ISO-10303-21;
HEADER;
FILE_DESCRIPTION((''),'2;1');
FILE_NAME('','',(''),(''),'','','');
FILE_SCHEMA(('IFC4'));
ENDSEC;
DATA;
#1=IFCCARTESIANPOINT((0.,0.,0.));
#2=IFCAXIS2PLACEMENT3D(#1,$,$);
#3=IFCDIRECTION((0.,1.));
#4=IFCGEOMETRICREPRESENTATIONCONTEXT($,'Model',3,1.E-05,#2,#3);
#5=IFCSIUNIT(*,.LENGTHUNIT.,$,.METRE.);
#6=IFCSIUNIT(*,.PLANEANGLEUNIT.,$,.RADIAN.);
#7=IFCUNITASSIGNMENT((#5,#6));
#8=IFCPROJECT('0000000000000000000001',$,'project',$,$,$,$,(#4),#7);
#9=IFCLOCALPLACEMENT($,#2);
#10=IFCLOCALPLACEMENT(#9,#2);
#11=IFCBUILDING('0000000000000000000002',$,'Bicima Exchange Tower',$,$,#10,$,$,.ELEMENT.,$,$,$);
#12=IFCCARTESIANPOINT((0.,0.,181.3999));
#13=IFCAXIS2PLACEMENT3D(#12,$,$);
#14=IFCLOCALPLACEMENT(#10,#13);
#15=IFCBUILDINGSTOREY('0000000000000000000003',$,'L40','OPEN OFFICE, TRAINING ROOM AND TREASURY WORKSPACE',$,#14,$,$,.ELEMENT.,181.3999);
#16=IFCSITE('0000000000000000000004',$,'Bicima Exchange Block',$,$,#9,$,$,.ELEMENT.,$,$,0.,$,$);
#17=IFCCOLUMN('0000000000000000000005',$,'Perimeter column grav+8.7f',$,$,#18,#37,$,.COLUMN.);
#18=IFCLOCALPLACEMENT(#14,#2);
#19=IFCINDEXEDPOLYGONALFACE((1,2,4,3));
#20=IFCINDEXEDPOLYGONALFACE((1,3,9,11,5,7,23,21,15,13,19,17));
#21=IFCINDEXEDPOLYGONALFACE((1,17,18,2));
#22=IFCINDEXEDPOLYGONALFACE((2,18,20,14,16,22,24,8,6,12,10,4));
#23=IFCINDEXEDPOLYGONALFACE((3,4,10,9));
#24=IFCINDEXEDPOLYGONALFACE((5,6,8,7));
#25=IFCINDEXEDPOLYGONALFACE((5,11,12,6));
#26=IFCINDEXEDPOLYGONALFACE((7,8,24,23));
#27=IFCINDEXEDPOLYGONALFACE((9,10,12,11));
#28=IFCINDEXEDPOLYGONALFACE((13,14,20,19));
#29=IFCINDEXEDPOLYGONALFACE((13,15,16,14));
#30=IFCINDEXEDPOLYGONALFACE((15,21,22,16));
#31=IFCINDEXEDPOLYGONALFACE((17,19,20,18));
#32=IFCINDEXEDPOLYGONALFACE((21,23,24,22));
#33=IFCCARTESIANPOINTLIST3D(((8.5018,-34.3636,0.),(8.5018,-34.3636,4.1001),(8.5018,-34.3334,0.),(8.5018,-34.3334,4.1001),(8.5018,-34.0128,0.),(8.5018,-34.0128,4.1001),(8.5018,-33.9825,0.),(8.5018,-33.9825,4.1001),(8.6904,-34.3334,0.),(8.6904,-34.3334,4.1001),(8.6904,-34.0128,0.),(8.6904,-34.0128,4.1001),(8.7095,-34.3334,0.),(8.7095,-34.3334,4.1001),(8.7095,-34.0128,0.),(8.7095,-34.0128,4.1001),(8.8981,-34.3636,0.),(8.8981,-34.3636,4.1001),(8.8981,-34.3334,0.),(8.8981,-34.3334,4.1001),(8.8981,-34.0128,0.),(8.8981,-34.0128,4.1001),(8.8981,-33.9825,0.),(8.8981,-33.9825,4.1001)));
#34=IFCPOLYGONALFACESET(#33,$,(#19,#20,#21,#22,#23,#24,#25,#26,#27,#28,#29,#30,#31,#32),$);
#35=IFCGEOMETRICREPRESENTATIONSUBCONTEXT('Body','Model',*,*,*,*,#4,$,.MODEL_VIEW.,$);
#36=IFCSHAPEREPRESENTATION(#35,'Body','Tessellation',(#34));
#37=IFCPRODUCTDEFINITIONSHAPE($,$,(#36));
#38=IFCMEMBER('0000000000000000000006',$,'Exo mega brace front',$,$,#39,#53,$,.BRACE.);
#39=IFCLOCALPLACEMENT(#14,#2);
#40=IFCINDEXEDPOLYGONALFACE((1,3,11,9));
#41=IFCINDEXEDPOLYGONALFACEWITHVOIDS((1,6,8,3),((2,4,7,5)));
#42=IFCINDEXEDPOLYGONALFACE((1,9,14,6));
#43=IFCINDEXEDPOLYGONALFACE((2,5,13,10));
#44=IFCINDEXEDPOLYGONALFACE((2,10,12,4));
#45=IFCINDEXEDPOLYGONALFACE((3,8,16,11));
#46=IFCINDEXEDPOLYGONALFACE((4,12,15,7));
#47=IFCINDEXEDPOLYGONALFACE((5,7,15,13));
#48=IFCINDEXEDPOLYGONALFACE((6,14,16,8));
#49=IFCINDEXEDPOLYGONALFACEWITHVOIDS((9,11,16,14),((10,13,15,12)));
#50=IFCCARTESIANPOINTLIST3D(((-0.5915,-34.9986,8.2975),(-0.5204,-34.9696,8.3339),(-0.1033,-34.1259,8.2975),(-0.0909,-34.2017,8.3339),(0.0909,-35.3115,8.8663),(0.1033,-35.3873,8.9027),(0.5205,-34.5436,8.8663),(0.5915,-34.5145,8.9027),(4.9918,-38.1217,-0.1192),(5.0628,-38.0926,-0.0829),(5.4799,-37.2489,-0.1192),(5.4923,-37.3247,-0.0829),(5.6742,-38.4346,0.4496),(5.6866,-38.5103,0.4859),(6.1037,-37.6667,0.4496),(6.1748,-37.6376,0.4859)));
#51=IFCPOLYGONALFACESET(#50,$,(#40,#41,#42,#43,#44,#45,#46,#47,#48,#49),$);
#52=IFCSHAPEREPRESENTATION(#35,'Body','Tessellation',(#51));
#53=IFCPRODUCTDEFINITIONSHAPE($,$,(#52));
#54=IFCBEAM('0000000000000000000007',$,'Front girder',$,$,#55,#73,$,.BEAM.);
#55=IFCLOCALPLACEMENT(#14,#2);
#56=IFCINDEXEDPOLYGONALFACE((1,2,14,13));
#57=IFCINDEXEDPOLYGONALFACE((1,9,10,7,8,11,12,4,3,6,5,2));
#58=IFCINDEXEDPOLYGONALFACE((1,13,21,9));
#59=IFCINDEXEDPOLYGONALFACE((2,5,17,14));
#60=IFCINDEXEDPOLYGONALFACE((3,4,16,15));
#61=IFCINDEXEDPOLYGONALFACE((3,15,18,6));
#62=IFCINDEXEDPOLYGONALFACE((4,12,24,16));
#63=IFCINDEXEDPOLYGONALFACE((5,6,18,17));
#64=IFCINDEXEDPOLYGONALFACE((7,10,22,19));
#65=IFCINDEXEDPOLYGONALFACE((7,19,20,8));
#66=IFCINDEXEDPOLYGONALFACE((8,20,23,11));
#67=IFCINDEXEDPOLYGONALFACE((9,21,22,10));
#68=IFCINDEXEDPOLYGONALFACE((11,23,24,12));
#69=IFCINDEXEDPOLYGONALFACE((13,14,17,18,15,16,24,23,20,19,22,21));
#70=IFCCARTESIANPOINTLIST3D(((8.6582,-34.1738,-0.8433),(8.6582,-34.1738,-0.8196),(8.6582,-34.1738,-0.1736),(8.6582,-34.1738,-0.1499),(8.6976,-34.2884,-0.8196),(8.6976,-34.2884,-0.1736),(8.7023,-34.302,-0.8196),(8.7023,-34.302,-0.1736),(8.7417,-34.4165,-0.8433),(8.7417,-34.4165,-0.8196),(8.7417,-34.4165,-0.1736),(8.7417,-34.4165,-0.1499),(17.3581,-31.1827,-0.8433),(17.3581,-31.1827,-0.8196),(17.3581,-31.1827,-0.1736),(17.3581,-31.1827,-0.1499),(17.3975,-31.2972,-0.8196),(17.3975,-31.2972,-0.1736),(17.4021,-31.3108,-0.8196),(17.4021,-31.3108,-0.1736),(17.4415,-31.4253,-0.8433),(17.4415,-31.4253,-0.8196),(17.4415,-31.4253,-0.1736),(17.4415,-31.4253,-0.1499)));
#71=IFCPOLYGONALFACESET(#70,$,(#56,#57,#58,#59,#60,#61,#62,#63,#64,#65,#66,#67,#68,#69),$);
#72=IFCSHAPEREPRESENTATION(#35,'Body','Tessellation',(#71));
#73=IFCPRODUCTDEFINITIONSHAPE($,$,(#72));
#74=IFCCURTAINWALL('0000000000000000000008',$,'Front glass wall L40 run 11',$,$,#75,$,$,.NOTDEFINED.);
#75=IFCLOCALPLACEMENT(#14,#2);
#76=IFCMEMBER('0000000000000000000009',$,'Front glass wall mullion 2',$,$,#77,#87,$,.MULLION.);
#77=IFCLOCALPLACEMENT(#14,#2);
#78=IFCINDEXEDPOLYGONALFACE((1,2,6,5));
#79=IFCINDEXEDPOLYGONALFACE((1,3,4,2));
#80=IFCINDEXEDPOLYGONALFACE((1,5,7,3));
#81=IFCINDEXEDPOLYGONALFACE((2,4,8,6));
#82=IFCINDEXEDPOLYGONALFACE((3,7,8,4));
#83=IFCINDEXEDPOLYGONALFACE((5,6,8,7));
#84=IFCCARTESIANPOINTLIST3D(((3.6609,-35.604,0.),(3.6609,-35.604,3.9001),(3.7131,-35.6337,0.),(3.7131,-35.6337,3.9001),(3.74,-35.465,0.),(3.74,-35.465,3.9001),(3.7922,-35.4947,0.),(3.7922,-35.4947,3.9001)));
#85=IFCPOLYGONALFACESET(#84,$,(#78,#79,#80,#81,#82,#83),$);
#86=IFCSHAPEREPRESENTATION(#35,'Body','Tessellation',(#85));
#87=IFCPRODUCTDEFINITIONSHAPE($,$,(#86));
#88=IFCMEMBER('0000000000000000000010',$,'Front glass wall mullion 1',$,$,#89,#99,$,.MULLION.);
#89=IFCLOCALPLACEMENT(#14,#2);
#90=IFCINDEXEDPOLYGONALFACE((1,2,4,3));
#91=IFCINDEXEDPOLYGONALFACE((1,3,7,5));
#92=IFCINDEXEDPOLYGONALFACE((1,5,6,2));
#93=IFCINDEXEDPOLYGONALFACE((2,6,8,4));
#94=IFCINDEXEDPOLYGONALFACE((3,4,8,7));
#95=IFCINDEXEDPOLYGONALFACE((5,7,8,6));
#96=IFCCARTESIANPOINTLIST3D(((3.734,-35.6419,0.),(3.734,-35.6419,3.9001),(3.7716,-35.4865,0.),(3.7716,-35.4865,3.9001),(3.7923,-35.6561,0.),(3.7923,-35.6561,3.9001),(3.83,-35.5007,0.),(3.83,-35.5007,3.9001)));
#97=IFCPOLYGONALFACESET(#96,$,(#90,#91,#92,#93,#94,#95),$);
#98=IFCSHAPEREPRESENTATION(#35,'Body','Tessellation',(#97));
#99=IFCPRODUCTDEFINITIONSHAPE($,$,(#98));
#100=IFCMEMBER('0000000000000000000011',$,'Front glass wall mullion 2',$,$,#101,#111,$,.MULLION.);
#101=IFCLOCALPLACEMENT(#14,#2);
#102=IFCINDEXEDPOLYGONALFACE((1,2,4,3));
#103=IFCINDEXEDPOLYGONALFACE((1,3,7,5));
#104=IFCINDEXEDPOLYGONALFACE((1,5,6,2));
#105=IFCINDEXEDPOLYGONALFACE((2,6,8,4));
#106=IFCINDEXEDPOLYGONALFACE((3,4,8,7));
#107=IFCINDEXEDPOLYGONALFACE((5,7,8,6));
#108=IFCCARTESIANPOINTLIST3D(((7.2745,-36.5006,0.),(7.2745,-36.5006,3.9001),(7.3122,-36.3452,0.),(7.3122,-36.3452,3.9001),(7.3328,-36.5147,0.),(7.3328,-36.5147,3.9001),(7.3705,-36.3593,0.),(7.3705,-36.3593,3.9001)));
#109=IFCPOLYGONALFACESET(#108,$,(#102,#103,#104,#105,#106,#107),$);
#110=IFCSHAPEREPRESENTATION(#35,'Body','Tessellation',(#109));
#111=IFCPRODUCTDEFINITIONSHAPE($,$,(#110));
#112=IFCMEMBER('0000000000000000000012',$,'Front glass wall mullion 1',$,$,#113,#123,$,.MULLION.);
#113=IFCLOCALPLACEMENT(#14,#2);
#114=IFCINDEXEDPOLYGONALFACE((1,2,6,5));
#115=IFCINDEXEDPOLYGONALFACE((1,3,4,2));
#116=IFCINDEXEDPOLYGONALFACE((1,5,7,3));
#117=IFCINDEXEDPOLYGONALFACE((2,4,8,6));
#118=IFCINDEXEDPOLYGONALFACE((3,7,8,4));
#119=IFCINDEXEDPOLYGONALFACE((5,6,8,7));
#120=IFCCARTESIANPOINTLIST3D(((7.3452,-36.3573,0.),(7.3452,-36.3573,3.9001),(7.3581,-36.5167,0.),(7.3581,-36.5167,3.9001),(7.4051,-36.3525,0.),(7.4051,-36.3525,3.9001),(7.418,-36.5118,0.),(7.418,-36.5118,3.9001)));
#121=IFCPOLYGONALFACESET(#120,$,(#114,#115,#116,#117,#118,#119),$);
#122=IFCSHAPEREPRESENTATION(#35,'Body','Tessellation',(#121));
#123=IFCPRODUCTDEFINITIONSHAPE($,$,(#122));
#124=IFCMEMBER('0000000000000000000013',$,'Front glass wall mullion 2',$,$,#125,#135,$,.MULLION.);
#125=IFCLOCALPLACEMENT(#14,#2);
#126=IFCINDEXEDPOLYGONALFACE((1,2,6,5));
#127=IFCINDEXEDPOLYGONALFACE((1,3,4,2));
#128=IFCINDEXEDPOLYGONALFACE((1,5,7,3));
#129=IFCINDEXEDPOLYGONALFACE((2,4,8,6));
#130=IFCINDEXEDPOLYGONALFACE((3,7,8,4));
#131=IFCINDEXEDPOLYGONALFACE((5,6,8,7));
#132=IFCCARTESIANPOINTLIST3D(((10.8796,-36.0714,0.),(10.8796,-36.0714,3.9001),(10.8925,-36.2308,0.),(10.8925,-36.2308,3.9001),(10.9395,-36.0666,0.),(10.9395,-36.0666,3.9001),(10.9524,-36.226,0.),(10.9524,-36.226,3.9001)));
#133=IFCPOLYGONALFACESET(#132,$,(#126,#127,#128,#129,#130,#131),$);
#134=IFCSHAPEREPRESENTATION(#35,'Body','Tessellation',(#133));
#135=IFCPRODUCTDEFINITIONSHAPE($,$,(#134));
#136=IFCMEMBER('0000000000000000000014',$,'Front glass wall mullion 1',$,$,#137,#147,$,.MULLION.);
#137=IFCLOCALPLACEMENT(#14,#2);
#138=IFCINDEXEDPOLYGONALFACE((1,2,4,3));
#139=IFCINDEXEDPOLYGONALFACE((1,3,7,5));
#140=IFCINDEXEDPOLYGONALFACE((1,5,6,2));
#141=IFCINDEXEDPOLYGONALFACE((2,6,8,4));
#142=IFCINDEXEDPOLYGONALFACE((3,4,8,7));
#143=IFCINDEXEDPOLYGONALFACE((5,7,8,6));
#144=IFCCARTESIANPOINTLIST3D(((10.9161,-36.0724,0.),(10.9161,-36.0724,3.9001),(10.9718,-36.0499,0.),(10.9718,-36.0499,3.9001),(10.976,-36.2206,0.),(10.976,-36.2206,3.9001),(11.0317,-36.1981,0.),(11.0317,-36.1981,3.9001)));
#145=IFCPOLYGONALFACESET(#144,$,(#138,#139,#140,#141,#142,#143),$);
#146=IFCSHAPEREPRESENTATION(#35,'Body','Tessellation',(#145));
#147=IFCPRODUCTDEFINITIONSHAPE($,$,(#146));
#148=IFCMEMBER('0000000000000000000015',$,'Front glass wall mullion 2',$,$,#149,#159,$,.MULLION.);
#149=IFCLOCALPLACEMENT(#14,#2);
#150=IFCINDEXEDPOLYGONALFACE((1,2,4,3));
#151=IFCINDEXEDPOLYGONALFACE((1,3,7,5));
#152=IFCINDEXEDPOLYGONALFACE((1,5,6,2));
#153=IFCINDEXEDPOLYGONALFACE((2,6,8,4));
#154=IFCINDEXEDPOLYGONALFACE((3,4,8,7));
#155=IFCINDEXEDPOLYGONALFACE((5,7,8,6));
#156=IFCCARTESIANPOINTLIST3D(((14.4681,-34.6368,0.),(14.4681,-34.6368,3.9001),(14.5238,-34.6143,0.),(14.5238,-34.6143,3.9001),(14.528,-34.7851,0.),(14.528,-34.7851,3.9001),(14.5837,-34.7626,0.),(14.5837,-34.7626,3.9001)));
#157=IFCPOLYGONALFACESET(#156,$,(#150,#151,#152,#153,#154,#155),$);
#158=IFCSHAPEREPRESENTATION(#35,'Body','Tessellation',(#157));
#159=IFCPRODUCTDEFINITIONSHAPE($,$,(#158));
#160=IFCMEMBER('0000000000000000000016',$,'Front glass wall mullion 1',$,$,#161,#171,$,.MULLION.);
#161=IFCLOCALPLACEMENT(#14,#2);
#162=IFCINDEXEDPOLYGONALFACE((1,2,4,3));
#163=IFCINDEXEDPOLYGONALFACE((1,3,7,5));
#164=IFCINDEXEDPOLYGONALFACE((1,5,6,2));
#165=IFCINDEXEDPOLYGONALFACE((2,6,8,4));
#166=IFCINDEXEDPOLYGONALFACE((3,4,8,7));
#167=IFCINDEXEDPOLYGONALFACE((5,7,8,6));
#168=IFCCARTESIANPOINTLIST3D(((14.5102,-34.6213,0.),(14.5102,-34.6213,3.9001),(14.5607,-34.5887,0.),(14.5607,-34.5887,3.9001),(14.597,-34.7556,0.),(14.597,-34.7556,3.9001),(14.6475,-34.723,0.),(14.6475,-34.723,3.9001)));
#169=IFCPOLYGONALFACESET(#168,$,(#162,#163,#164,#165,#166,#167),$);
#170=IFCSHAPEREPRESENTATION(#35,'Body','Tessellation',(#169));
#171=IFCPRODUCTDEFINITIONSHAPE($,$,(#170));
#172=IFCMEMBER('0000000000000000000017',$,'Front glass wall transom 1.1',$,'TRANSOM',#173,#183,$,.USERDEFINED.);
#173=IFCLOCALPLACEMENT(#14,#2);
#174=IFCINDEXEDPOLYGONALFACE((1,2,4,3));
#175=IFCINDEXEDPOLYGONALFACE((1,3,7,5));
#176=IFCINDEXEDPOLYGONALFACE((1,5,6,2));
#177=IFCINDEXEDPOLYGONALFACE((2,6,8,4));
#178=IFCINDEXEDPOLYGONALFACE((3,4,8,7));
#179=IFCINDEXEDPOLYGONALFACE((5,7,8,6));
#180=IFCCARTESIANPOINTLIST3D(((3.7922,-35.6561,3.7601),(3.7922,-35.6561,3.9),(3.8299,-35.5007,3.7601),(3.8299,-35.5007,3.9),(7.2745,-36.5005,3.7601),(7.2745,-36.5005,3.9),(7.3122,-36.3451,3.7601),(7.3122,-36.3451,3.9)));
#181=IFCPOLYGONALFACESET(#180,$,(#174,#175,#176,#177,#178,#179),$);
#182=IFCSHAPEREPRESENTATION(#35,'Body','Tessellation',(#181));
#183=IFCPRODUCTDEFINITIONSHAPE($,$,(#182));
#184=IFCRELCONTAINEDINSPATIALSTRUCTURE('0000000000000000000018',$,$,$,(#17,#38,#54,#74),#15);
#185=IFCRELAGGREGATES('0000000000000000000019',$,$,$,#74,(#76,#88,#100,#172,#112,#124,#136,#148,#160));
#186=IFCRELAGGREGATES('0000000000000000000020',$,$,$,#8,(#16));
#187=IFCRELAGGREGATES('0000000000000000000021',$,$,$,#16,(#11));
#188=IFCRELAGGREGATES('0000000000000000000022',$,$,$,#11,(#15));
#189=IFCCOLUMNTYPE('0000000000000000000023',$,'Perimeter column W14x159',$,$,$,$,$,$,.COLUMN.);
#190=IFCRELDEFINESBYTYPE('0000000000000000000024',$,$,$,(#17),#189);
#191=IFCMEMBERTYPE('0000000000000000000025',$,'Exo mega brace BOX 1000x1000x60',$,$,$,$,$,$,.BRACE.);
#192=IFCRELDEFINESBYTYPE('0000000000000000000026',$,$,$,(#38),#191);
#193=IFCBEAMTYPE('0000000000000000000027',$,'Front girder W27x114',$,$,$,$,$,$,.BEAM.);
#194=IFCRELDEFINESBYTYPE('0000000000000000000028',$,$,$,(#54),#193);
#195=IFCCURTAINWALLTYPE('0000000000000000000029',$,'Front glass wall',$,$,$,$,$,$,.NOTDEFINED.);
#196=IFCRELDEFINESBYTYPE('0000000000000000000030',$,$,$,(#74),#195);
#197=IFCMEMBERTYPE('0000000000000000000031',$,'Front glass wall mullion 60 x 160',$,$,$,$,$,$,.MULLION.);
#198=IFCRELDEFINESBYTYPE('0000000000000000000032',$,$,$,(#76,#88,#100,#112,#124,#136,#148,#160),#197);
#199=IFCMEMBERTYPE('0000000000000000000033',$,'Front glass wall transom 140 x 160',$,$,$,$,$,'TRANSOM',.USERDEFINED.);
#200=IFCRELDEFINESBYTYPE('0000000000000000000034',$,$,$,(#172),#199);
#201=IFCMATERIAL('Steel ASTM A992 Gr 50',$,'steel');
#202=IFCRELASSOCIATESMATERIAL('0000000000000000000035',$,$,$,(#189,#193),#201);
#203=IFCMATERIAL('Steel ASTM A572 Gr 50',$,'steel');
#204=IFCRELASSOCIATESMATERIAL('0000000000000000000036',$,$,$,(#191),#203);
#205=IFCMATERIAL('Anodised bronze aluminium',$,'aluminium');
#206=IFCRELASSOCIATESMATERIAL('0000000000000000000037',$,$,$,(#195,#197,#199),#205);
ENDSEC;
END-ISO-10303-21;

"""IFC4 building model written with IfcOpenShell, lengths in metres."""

from ifc_helpers import new_model, si_unit, direction, frame, origin, origin_2d, place, context, subcontext, project, spatial, rectangle, hollow_rectangle, i_section, extrude, material, material_profile, profile_set, type_object, element, aggregate, save


model = new_model("IFC4")

# Units and contexts
model_context = context("Model", 3, precision=1e-05, world=origin(), true_north=direction((0.0, 1.0)))
body_context = subcontext(model_context, "Body", "Model", "MODEL_VIEW")
ifc_project = project(units=[si_unit("LENGTHUNIT", "METRE"), si_unit("PLANEANGLEUNIT", "RADIAN")], contexts=[model_context])

# Site, building, storey
site_placement = place(None, origin())
site = spatial("IfcSite", under=ifc_project, at=site_placement, Name="Bicima Exchange Block", CompositionType="ELEMENT", RefElevation=0.0)
building_placement = place(site_placement, origin())
building = spatial("IfcBuilding", under=site, at=building_placement, Name="Bicima Exchange Tower", CompositionType="ELEMENT")
storey_placement = place(building_placement, frame((0.0, 0.0, 181.3999)))
storey = spatial("IfcBuildingStorey", under=building, at=storey_placement, Name="L40", Description="OPEN OFFICE, TRAINING ROOM AND TREASURY WORKSPACE", CompositionType="ELEMENT", Elevation=181.3999)

# Column
ifc_material_1 = material(Name="Steel ASTM A992 Gr 50", Category="steel")
ifc_material_profile_1 = material_profile(ifc_material_1, i_section(OverallWidth=0.3962, OverallDepth=0.3811, WebThickness=0.019, FlangeThickness=0.0303, at=origin_2d()))
ifc_profile_set_1 = profile_set([ifc_material_profile_1], Name="Steel ASTM A992 Gr 50")
column_type = type_object("IfcColumnType", Name="Perimeter column W14x159", PredefinedType="COLUMN", material=ifc_profile_set_1)
column_placement = place(storey_placement, frame((8.7, -34.1731, 0.0), z_axis=(0.0, 0.0, 1.0), x_axis=(1.0, 0.0, 0.0)))
element("IfcColumn", 1, at=column_placement, inside=storey, type_object=column_type, Name="Perimeter column grav+8.7f", PredefinedType="COLUMN", context=body_context, shape_type="SweptSolid", body=[
    extrude(i_section(OverallWidth=0.3962, OverallDepth=0.3811, WebThickness=0.019, FlangeThickness=0.0303, at=origin_2d()), origin(), (0.0, 0.0, 1.0), 4.1001),
])

# Member
ifc_material_2 = material(Name="Steel ASTM A572 Gr 50", Category="steel")
ifc_material_profile_2 = material_profile(ifc_material_2, hollow_rectangle(XDim=1.0, YDim=1.0, WallThickness=0.0601, at=origin_2d()))
ifc_profile_set_2 = profile_set([ifc_material_profile_2], Name="Steel ASTM A572 Gr 50")
member_type_1 = type_object("IfcMemberType", Name="Exo mega brace BOX 1000x1000x60", PredefinedType="BRACE", material=ifc_profile_set_2)
member_1_placement = place(storey_placement, frame((5.5833, -37.8796, 0.1833), z_axis=(-0.528116, 0.295407, 0.796134), x_axis=(-0.488178, -0.872744, 0.0)))
element("IfcMember", 2, at=member_1_placement, inside=storey, type_object=member_type_1, Name="Exo mega brace front", PredefinedType="BRACE", context=body_context, shape_type="SweptSolid", body=[
    extrude(hollow_rectangle(XDim=1.0, YDim=1.0, WallThickness=0.0601, at=origin_2d()), origin(), (0.0, 0.0, 1.0), 10.572),
])

# Beam
ifc_material_profile_3 = material_profile(ifc_material_1, i_section(OverallWidth=0.2566, OverallDepth=0.6934, WebThickness=0.0144, FlangeThickness=0.0237, at=origin_2d()))
ifc_profile_set_3 = profile_set([ifc_material_profile_3], Name="Steel ASTM A992 Gr 50")
beam_type = type_object("IfcBeamType", Name="Front girder W27x114", PredefinedType="BEAM", material=ifc_profile_set_3)
beam_placement = place(storey_placement, frame((8.7, -34.2952, -0.4966), z_axis=(0.945666, 0.325138, 0.0), x_axis=(-0.325138, 0.945666, 0.0)))
element("IfcBeam", 3, at=beam_placement, inside=storey, type_object=beam_type, Name="Front girder", PredefinedType="BEAM", context=body_context, shape_type="SweptSolid", body=[
    extrude(i_section(OverallWidth=0.2566, OverallDepth=0.6934, WebThickness=0.0144, FlangeThickness=0.0237, at=origin_2d()), origin(), (0.0, 0.0, 1.0), 9.1997),
])

# Curtain wall, members
ifc_material_3 = material(Name="Anodised bronze aluminium", Category="aluminium")
curtain_wall_type = type_object("IfcCurtainWallType", Name="Front glass wall", PredefinedType="NOTDEFINED", material=ifc_material_3)
curtain_wall_placement = place(storey_placement, origin())
curtain_wall = element("IfcCurtainWall", 4, at=curtain_wall_placement, inside=storey, type_object=curtain_wall_type, Name="Front glass wall L40 run 11", PredefinedType="NOTDEFINED")
ifc_material_profile_4 = material_profile(ifc_material_3, rectangle(XDim=0.1599, YDim=0.0601, at=origin_2d()))
ifc_profile_set_4 = profile_set([ifc_material_profile_4], Name="Anodised bronze aluminium")
member_type_2 = type_object("IfcMemberType", Name="Front glass wall mullion 60 x 160", PredefinedType="MULLION", material=ifc_profile_set_4)
member_2_placement = place(storey_placement, frame((3.7266, -35.5493, 0.0), z_axis=(0.0, 0.0, 1.0), x_axis=(0.49433, 0.869274, 0.0)))
member_2 = element("IfcMember", 5, at=member_2_placement, type_object=member_type_2, Name="Front glass wall mullion 2", PredefinedType="MULLION", context=body_context, shape_type="SweptSolid", body=[
    extrude(rectangle(XDim=0.1599, YDim=0.0601, at=origin_2d()), origin(), (0.0, 0.0, 1.0), 3.9001),
])
member_3_placement = place(storey_placement, frame((3.782, -35.5713, 0.0), z_axis=(0.0, 0.0, 1.0), x_axis=(0.235682, 0.97183, 0.0)))
member_3 = element("IfcMember", 6, at=member_3_placement, type_object=member_type_2, Name="Front glass wall mullion 1", PredefinedType="MULLION", context=body_context, shape_type="SweptSolid", body=[
    extrude(rectangle(XDim=0.1599, YDim=0.0601, at=origin_2d()), origin(), (0.0, 0.0, 1.0), 3.9001),
])
member_4_placement = place(storey_placement, frame((7.3225, -36.4299, 0.0), z_axis=(0.0, 0.0, 1.0), x_axis=(0.235682, 0.97183, 0.0)))
member_4 = element("IfcMember", 7, at=member_4_placement, type_object=member_type_2, Name="Front glass wall mullion 2", PredefinedType="MULLION", context=body_context, shape_type="SweptSolid", body=[
    extrude(rectangle(XDim=0.1599, YDim=0.0601, at=origin_2d()), origin(), (0.0, 0.0, 1.0), 3.9001),
])
member_5_placement = place(storey_placement, frame((7.3816, -36.4346, 0.0), z_axis=(0.0, 0.0, 1.0), x_axis=(-0.080589, 0.996747, 0.0)))
member_5 = element("IfcMember", 8, at=member_5_placement, type_object=member_type_2, Name="Front glass wall mullion 1", PredefinedType="MULLION", context=body_context, shape_type="SweptSolid", body=[
    extrude(rectangle(XDim=0.1599, YDim=0.0601, at=origin_2d()), origin(), (0.0, 0.0, 1.0), 3.9001),
])
member_6_placement = place(storey_placement, frame((10.916, -36.1487, 0.0), z_axis=(0.0, 0.0, 1.0), x_axis=(-0.080589, 0.996747, 0.0)))
member_6 = element("IfcMember", 9, at=member_6_placement, type_object=member_type_2, Name="Front glass wall mullion 2", PredefinedType="MULLION", context=body_context, shape_type="SweptSolid", body=[
    extrude(rectangle(XDim=0.1599, YDim=0.0601, at=origin_2d()), origin(), (0.0, 0.0, 1.0), 3.9001),
])
member_7_placement = place(storey_placement, frame((10.9739, -36.1353, 0.0), z_axis=(0.0, 0.0, 1.0), x_axis=(-0.374705, 0.927144, 0.0)))
member_7 = element("IfcMember", 10, at=member_7_placement, type_object=member_type_2, Name="Front glass wall mullion 1", PredefinedType="MULLION", context=body_context, shape_type="SweptSolid", body=[
    extrude(rectangle(XDim=0.1599, YDim=0.0601, at=origin_2d()), origin(), (0.0, 0.0, 1.0), 3.9001),
])
member_8_placement = place(storey_placement, frame((14.5259, -34.6997, 0.0), z_axis=(0.0, 0.0, 1.0), x_axis=(-0.374705, 0.927144, 0.0)))
member_8 = element("IfcMember", 11, at=member_8_placement, type_object=member_type_2, Name="Front glass wall mullion 2", PredefinedType="MULLION", context=body_context, shape_type="SweptSolid", body=[
    extrude(rectangle(XDim=0.1599, YDim=0.0601, at=origin_2d()), origin(), (0.0, 0.0, 1.0), 3.9001),
])
member_9_placement = place(storey_placement, frame((14.5789, -34.6721, 0.0), z_axis=(0.0, 0.0, 1.0), x_axis=(-0.542909, 0.839791, 0.0)))
member_9 = element("IfcMember", 12, at=member_9_placement, type_object=member_type_2, Name="Front glass wall mullion 1", PredefinedType="MULLION", context=body_context, shape_type="SweptSolid", body=[
    extrude(rectangle(XDim=0.1599, YDim=0.0601, at=origin_2d()), origin(), (0.0, 0.0, 1.0), 3.9001),
])
ifc_material_profile_5 = material_profile(ifc_material_3, rectangle(XDim=0.1599, YDim=0.1399, at=origin_2d()))
ifc_profile_set_5 = profile_set([ifc_material_profile_5], Name="Anodised bronze aluminium")
member_type_3 = type_object("IfcMemberType", Name="Front glass wall transom 140 x 160", ElementType="TRANSOM", PredefinedType="USERDEFINED", material=ifc_profile_set_5)
member_10_placement = place(storey_placement, frame((3.811, -35.5784, 3.8301), z_axis=(0.971834, -0.235668, 0.0), x_axis=(0.235668, 0.971834, 0.0)))
member_10 = element("IfcMember", 13, at=member_10_placement, type_object=member_type_3, Name="Front glass wall transom 1.1", ObjectType="TRANSOM", PredefinedType="USERDEFINED", context=body_context, shape_type="SweptSolid", body=[
    extrude(rectangle(XDim=0.1599, YDim=0.1399, at=origin_2d()), origin(), (0.0, 0.0, 1.0), 3.5833),
])
aggregate(curtain_wall, [member_2, member_3, member_4, member_10, member_5, member_6, member_7, member_8, member_9])

save(model, "model.ifc")
